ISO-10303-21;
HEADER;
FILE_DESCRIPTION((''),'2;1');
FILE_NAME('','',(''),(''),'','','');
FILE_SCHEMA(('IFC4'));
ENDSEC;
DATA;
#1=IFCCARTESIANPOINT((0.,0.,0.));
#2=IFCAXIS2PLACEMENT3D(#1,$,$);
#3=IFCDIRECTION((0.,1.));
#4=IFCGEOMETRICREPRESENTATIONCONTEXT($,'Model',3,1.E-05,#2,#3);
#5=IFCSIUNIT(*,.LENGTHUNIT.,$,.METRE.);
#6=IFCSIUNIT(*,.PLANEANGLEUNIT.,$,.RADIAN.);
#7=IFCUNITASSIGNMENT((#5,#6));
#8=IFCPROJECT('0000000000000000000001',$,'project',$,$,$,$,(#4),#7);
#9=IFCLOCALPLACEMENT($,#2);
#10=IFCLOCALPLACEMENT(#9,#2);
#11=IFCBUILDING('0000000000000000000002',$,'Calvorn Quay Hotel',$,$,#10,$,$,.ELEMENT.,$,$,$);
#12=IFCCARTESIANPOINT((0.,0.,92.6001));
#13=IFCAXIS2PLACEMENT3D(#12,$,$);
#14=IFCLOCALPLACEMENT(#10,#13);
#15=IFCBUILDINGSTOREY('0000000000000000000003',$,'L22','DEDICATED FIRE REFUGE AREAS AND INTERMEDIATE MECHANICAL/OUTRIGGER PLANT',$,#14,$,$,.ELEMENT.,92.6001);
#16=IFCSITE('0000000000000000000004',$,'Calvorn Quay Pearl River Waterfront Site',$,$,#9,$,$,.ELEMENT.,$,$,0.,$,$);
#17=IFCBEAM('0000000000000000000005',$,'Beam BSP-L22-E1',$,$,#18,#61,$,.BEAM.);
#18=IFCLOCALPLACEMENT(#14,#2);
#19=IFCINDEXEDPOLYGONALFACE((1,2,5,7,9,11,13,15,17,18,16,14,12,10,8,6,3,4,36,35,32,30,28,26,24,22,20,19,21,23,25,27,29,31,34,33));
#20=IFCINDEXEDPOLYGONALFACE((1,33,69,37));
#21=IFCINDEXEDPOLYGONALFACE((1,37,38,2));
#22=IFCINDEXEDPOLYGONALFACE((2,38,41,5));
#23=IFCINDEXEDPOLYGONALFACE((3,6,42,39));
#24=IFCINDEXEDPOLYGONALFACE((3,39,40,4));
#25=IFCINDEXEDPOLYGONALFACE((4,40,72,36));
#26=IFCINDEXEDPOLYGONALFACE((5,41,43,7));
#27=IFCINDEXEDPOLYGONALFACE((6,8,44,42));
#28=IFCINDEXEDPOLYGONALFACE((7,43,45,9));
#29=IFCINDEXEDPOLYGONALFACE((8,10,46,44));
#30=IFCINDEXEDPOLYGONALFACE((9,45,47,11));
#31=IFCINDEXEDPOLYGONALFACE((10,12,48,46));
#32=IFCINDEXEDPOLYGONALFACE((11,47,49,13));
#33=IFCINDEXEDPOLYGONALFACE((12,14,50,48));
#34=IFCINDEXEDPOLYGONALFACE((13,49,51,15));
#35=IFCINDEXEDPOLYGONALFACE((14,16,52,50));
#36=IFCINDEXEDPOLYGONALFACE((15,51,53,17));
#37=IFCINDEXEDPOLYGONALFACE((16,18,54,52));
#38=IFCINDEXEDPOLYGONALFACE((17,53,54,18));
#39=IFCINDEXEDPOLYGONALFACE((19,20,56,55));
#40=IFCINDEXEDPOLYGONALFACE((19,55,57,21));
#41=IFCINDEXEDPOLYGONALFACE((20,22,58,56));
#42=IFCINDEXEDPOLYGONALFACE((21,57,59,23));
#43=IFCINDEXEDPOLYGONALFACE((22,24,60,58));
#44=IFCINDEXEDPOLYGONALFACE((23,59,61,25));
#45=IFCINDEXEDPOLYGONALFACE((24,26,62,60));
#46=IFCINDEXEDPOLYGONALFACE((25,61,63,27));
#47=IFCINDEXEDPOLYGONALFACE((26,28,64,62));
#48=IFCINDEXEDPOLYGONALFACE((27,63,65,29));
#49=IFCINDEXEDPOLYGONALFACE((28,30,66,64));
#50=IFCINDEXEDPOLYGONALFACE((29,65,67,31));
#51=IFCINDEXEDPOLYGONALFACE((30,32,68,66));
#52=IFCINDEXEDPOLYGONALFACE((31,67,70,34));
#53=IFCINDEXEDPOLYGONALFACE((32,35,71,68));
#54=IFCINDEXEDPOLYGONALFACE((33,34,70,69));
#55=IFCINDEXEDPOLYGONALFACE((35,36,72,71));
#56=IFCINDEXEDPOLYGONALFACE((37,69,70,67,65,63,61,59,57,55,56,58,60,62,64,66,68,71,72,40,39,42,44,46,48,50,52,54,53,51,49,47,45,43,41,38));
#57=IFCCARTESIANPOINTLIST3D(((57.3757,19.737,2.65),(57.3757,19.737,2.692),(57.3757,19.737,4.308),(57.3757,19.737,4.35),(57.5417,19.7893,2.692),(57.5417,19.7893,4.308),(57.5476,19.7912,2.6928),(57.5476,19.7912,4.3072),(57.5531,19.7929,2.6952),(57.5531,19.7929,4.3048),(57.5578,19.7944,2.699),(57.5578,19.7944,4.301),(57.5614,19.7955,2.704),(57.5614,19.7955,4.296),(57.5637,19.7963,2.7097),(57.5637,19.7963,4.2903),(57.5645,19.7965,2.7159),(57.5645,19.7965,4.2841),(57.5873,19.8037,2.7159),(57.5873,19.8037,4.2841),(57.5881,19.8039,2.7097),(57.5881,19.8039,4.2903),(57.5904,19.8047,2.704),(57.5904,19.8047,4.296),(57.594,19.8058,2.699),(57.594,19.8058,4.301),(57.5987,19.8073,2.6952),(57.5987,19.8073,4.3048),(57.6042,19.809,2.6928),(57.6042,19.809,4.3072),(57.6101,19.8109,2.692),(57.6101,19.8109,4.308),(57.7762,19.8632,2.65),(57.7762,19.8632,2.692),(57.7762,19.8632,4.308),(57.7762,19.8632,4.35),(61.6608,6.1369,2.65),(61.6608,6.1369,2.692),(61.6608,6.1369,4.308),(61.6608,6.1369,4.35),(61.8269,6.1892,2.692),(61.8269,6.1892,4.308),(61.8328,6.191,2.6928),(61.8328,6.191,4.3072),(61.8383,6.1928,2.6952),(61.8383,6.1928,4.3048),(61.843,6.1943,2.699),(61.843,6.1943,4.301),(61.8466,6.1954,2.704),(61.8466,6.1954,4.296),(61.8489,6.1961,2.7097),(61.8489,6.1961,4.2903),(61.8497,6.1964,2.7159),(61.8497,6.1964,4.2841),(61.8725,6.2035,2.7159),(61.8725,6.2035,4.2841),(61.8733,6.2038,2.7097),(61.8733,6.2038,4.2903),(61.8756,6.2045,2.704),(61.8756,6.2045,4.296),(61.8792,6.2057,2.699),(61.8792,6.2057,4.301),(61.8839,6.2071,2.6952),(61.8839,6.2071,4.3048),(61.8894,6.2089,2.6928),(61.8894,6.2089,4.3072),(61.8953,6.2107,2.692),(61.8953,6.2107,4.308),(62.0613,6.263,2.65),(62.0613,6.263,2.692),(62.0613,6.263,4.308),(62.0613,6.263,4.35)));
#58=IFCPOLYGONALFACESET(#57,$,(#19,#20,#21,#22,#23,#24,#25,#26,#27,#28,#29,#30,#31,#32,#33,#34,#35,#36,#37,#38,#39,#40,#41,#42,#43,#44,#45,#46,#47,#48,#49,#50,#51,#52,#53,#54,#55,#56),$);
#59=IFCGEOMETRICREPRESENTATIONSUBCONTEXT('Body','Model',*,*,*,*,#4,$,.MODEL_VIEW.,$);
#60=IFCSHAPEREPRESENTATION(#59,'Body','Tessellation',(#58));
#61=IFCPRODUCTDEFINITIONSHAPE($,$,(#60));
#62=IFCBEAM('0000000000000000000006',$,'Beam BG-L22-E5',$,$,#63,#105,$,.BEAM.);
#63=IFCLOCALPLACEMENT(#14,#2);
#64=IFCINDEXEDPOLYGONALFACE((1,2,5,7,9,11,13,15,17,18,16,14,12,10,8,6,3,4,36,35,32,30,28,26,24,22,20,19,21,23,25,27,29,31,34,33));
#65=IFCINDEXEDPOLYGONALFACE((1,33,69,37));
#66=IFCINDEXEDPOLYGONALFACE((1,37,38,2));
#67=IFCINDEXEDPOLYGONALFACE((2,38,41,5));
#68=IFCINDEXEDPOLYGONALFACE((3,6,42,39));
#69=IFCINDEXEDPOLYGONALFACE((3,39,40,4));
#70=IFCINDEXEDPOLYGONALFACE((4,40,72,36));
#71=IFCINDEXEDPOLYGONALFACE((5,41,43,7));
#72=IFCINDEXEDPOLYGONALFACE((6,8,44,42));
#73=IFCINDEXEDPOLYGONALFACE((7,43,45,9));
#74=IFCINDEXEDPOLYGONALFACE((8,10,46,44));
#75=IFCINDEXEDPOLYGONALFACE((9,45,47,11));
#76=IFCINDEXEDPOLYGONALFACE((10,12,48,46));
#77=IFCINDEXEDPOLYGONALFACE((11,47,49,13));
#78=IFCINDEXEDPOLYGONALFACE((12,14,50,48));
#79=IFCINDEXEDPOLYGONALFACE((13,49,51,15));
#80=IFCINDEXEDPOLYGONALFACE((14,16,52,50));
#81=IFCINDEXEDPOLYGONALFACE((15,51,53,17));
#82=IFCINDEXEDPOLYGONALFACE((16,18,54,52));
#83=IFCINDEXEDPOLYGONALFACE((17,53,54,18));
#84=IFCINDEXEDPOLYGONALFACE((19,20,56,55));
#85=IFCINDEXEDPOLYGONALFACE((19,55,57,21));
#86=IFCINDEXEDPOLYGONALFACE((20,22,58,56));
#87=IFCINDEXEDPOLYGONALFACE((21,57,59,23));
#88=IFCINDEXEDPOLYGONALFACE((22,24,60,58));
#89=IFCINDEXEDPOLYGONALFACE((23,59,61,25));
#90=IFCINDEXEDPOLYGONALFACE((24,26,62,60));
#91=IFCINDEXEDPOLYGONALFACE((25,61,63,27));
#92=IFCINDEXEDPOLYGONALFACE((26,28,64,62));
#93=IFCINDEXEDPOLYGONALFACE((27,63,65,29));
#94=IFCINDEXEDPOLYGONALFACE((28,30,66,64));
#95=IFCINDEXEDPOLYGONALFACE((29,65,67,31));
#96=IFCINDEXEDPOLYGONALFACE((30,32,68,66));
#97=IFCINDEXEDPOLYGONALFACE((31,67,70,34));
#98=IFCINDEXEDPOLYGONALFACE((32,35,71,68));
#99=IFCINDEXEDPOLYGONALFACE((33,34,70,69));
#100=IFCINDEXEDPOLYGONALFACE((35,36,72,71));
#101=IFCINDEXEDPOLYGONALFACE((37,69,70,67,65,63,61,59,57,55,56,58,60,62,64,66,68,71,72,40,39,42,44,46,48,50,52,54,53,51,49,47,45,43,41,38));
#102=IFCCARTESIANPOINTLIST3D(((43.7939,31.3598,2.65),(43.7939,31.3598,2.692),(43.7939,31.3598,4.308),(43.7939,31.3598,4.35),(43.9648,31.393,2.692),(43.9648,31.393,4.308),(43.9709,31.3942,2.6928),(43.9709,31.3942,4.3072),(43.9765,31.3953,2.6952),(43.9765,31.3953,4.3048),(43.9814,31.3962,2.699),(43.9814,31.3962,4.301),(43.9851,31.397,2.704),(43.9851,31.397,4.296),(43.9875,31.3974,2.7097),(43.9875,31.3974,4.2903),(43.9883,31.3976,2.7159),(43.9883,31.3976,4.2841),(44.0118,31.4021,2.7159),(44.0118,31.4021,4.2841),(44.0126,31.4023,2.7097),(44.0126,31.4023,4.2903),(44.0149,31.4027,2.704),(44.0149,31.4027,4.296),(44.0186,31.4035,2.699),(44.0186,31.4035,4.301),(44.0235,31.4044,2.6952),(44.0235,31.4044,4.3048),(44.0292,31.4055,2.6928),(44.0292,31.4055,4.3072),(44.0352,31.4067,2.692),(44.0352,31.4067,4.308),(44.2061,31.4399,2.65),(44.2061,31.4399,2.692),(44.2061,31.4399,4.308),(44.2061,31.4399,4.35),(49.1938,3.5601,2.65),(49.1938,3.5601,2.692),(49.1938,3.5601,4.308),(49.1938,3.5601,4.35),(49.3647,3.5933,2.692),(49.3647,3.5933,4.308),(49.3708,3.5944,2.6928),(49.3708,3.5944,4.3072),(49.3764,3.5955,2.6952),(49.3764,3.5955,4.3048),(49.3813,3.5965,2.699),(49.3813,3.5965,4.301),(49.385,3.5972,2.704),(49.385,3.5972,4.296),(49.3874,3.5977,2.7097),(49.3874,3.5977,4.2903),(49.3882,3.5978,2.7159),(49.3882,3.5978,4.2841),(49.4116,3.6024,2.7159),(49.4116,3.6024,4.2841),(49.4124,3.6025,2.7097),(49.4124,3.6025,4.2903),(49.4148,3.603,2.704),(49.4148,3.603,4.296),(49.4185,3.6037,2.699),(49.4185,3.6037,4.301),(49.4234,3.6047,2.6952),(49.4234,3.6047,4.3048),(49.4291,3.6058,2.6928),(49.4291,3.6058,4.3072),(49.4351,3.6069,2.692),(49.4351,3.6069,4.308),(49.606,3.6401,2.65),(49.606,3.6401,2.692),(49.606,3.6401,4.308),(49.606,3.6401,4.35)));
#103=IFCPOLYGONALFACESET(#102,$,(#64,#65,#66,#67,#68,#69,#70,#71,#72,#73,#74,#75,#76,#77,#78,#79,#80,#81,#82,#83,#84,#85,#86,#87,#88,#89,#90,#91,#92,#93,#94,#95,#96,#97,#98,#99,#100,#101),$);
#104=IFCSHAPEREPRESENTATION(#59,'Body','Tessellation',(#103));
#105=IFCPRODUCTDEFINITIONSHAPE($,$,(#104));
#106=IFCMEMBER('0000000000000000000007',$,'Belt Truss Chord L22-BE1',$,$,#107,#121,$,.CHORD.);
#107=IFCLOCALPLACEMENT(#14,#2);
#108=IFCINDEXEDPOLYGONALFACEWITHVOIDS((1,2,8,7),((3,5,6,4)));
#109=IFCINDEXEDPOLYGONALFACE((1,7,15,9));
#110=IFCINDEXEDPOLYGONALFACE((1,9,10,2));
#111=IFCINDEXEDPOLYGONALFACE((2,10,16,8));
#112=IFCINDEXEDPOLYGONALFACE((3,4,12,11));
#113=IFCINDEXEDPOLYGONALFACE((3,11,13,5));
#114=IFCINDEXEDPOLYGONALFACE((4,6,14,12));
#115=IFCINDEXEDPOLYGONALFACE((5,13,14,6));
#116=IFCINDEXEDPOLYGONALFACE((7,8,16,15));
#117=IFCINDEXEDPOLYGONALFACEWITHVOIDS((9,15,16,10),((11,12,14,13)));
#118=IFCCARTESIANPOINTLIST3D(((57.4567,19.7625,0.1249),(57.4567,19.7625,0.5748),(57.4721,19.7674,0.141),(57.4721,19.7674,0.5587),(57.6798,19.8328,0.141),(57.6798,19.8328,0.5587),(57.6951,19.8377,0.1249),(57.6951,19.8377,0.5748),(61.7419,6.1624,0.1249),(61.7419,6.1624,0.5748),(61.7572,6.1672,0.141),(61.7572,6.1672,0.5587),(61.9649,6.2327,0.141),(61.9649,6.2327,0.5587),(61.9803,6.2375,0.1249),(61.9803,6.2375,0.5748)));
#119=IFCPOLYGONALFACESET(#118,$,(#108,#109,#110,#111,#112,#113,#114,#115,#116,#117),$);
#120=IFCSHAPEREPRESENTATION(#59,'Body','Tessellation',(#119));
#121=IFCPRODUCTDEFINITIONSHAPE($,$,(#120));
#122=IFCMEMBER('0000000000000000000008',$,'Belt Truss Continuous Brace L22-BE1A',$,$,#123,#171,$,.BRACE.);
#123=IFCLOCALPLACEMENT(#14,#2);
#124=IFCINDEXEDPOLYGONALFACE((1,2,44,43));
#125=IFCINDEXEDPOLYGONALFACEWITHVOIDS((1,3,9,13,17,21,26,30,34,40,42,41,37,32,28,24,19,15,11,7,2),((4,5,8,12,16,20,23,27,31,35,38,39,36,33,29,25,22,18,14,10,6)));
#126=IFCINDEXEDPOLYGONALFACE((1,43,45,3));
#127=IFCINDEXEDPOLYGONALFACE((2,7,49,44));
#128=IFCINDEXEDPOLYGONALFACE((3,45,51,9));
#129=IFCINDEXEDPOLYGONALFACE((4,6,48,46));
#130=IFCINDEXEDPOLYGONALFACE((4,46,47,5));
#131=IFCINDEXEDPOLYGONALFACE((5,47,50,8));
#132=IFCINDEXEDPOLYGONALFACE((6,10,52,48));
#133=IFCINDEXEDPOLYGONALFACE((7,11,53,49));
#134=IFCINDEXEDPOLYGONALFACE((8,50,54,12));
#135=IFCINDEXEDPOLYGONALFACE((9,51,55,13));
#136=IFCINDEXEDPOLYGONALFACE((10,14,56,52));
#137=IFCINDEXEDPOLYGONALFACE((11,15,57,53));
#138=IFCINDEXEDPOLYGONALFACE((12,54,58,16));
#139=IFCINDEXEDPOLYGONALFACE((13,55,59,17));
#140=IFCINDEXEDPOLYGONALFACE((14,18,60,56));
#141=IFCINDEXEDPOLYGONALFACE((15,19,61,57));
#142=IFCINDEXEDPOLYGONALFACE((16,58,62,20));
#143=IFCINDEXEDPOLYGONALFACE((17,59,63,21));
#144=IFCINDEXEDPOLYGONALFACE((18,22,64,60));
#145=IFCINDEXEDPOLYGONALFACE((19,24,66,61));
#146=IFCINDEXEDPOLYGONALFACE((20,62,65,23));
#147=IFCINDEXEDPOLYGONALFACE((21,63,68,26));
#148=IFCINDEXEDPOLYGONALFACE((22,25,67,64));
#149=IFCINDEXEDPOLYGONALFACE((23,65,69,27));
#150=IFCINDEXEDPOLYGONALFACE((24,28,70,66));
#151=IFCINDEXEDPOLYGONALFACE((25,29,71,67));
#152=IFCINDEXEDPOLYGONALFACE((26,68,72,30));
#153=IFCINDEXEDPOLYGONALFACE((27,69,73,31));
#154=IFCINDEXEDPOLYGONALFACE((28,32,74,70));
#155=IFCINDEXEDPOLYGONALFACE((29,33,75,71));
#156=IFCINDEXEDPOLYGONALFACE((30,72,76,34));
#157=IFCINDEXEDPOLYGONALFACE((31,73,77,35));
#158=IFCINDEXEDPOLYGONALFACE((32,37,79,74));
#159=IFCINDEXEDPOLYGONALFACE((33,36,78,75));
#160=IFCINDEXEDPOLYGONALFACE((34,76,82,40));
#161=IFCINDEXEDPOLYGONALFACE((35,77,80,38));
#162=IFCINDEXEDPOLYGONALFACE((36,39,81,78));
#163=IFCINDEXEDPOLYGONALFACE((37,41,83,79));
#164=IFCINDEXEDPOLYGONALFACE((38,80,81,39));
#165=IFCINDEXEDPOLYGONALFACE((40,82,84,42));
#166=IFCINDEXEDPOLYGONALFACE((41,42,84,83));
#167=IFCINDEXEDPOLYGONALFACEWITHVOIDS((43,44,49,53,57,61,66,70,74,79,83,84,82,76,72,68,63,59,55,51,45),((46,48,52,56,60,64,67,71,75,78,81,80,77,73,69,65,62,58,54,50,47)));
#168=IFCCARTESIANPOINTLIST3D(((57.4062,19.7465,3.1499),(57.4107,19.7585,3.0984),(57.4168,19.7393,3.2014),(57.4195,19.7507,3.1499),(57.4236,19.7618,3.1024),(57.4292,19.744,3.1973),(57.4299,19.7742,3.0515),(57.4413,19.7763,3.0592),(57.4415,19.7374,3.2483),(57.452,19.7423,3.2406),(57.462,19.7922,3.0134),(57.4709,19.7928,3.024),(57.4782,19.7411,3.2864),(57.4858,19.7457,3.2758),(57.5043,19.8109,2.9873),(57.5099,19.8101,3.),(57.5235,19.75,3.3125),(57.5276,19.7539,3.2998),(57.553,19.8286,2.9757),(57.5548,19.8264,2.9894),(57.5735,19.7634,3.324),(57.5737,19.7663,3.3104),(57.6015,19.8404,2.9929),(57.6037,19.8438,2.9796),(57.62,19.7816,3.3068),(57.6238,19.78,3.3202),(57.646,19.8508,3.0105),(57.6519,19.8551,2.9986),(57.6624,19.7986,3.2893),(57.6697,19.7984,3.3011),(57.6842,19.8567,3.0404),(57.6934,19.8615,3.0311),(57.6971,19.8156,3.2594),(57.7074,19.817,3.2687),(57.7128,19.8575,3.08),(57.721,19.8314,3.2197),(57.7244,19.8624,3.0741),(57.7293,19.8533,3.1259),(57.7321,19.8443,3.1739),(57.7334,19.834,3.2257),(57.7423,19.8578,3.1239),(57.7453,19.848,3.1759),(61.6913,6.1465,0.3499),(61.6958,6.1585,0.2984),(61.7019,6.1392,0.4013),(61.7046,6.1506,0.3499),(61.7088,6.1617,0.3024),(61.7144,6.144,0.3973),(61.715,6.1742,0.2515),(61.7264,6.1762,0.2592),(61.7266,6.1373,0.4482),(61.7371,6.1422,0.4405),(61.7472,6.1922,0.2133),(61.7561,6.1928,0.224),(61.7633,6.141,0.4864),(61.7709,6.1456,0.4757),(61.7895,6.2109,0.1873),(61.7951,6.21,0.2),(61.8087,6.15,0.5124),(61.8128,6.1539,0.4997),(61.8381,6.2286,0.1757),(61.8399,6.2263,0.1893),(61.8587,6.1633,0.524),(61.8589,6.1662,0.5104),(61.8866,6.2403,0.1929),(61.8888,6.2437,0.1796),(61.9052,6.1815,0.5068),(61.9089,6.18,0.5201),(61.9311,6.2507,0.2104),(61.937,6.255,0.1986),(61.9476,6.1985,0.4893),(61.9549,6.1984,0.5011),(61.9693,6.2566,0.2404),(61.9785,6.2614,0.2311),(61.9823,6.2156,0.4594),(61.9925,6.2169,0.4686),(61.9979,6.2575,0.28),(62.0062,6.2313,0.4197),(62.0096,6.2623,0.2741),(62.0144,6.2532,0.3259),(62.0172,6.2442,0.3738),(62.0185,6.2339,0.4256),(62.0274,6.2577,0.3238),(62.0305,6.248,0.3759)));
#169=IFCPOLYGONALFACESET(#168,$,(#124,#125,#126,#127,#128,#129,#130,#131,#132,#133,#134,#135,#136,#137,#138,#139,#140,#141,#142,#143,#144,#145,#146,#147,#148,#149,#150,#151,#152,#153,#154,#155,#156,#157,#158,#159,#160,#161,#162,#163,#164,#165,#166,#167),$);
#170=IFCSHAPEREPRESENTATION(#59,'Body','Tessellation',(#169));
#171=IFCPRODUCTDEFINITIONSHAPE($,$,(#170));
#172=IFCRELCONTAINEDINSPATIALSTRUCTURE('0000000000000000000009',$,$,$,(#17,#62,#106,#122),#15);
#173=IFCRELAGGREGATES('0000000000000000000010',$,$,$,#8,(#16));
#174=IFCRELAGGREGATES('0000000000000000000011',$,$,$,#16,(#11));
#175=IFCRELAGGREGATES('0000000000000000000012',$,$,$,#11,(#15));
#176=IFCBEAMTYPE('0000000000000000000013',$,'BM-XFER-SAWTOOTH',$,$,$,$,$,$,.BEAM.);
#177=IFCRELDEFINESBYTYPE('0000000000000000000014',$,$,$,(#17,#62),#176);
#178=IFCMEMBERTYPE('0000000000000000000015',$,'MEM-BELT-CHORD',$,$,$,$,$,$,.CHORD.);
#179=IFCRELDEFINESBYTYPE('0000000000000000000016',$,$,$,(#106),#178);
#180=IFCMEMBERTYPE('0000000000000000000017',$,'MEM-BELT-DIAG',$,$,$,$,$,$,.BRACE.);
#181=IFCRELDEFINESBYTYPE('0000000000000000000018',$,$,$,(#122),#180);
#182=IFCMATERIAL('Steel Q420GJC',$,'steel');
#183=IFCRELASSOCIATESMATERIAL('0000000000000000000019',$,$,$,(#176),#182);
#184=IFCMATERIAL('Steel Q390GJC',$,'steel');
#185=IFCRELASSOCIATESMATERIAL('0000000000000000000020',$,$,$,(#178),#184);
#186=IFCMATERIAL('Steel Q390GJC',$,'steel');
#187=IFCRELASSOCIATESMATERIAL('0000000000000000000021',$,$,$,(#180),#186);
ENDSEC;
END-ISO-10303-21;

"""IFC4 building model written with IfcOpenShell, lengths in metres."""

from ifc_helpers import new_model, si_unit, direction, frame, origin, origin_2d, place, context, subcontext, project, spatial, hollow_rectangle, hollow_circle, i_section, extrude, material, material_profile, profile_set, type_object, element, save


model = new_model("IFC4")

# Units and contexts
model_context = context("Model", 3, precision=1e-05, world=origin(), true_north=direction((0.0, 1.0)))
body_context = subcontext(model_context, "Body", "Model", "MODEL_VIEW")
ifc_project = project(units=[si_unit("LENGTHUNIT", "METRE"), si_unit("PLANEANGLEUNIT", "RADIAN")], contexts=[model_context])

# Site, building, storey
site_placement = place(None, origin())
site = spatial("IfcSite", under=ifc_project, at=site_placement, Name="Calvorn Quay Pearl River Waterfront Site", CompositionType="ELEMENT", RefElevation=0.0)
building_placement = place(site_placement, origin())
building = spatial("IfcBuilding", under=site, at=building_placement, Name="Calvorn Quay Hotel", CompositionType="ELEMENT")
storey_placement = place(building_placement, frame((0.0, 0.0, 92.6001)))
storey = spatial("IfcBuildingStorey", under=building, at=storey_placement, Name="L22", Description="DEDICATED FIRE REFUGE AREAS AND INTERMEDIATE MECHANICAL/OUTRIGGER PLANT", CompositionType="ELEMENT", Elevation=92.6001)

# Beams
ifc_material_1 = material(Name="Steel Q420GJC", Category="steel")
ifc_material_profile_1 = material_profile(ifc_material_1, i_section(OverallWidth=0.4199, OverallDepth=1.7, WebThickness=0.0239, FlangeThickness=0.042, FilletRadius=0.0239, at=origin_2d()), Name="HN1700x420x24x42")
ifc_profile_set_1 = profile_set([ifc_material_profile_1], Name="Steel Q420GJC")
beam_type = type_object("IfcBeamType", Name="BM-XFER-SAWTOOTH", PredefinedType="BEAM", material=ifc_profile_set_1)
beam_1_placement = place(storey_placement, frame((61.8611, 6.2, 3.5), z_axis=(-0.300518, 0.953776, 0.0), x_axis=(-0.953776, -0.300518, 0.0)))
element("IfcBeam", 1, at=beam_1_placement, inside=storey, type_object=beam_type, Name="Beam BSP-L22-E1", PredefinedType="BEAM", context=body_context, shape_type="SweptSolid", body=[
    extrude(i_section(OverallWidth=0.4199, OverallDepth=1.7, WebThickness=0.0239, FlangeThickness=0.042, FilletRadius=0.0239, at=origin_2d()), origin(), (0.0, 0.0, 1.0), 14.2593),
])
beam_2_placement = place(storey_placement, frame((49.3999, 3.6001, 3.5), z_axis=(-0.190679, 0.981653, 0.0), x_axis=(-0.981653, -0.190679, 0.0)))
element("IfcBeam", 2, at=beam_2_placement, inside=storey, type_object=beam_type, Name="Beam BG-L22-E5", PredefinedType="BEAM", context=body_context, shape_type="SweptSolid", body=[
    extrude(i_section(OverallWidth=0.4199, OverallDepth=1.7, WebThickness=0.0239, FlangeThickness=0.042, FilletRadius=0.0239, at=origin_2d()), origin(), (0.0, 0.0, 1.0), 28.3193),
])

# Members
ifc_material_2 = material(Name="Steel Q390GJC", Category="steel")
ifc_material_profile_2 = material_profile(ifc_material_2, hollow_rectangle(XDim=0.25, YDim=0.45, WallThickness=0.0161, at=origin_2d()), Name="RHS450x250x16")
ifc_profile_set_2 = profile_set([ifc_material_profile_2], Name="Steel Q390GJC")
member_type_1 = type_object("IfcMemberType", Name="MEM-BELT-CHORD", PredefinedType="CHORD", material=ifc_profile_set_2)
member_1_placement = place(storey_placement, frame((61.8611, 6.2, 0.3499), z_axis=(-0.300518, 0.953776, 0.0), x_axis=(-0.953776, -0.300518, 0.0)))
element("IfcMember", 3, at=member_1_placement, inside=storey, type_object=member_type_1, Name="Belt Truss Chord L22-BE1", PredefinedType="CHORD", context=body_context, shape_type="SweptSolid", body=[
    extrude(hollow_rectangle(XDim=0.25, YDim=0.45, WallThickness=0.0161, at=origin_2d()), origin(), (0.0, 0.0, 1.0), 14.2593),
])
ifc_material_3 = material(Name="Steel Q390GJC", Category="steel")
ifc_material_profile_3 = material_profile(ifc_material_3, hollow_circle(Radius=0.178, WallThickness=0.0139, at=origin_2d()), Name="CHS356x14")
ifc_profile_set_3 = profile_set([ifc_material_profile_3], Name="Steel Q390GJC")
member_type_2 = type_object("IfcMemberType", Name="MEM-BELT-DIAG", PredefinedType="BRACE", material=ifc_profile_set_3)
member_2_placement = place(storey_placement, frame((61.8611, 6.2, 0.3499), z_axis=(-0.294887, 0.935902, 0.192688), x_axis=(-0.953776, -0.300518, 0.0)))
element("IfcMember", 4, at=member_2_placement, inside=storey, type_object=member_type_2, Name="Belt Truss Continuous Brace L22-BE1A", PredefinedType="BRACE", context=body_context, shape_type="SweptSolid", body=[
    extrude(hollow_circle(Radius=0.178, WallThickness=0.0139, at=origin_2d()), origin(), (0.0, 0.0, 1.0), 14.5315),
])

save(model, "model.ifc")
